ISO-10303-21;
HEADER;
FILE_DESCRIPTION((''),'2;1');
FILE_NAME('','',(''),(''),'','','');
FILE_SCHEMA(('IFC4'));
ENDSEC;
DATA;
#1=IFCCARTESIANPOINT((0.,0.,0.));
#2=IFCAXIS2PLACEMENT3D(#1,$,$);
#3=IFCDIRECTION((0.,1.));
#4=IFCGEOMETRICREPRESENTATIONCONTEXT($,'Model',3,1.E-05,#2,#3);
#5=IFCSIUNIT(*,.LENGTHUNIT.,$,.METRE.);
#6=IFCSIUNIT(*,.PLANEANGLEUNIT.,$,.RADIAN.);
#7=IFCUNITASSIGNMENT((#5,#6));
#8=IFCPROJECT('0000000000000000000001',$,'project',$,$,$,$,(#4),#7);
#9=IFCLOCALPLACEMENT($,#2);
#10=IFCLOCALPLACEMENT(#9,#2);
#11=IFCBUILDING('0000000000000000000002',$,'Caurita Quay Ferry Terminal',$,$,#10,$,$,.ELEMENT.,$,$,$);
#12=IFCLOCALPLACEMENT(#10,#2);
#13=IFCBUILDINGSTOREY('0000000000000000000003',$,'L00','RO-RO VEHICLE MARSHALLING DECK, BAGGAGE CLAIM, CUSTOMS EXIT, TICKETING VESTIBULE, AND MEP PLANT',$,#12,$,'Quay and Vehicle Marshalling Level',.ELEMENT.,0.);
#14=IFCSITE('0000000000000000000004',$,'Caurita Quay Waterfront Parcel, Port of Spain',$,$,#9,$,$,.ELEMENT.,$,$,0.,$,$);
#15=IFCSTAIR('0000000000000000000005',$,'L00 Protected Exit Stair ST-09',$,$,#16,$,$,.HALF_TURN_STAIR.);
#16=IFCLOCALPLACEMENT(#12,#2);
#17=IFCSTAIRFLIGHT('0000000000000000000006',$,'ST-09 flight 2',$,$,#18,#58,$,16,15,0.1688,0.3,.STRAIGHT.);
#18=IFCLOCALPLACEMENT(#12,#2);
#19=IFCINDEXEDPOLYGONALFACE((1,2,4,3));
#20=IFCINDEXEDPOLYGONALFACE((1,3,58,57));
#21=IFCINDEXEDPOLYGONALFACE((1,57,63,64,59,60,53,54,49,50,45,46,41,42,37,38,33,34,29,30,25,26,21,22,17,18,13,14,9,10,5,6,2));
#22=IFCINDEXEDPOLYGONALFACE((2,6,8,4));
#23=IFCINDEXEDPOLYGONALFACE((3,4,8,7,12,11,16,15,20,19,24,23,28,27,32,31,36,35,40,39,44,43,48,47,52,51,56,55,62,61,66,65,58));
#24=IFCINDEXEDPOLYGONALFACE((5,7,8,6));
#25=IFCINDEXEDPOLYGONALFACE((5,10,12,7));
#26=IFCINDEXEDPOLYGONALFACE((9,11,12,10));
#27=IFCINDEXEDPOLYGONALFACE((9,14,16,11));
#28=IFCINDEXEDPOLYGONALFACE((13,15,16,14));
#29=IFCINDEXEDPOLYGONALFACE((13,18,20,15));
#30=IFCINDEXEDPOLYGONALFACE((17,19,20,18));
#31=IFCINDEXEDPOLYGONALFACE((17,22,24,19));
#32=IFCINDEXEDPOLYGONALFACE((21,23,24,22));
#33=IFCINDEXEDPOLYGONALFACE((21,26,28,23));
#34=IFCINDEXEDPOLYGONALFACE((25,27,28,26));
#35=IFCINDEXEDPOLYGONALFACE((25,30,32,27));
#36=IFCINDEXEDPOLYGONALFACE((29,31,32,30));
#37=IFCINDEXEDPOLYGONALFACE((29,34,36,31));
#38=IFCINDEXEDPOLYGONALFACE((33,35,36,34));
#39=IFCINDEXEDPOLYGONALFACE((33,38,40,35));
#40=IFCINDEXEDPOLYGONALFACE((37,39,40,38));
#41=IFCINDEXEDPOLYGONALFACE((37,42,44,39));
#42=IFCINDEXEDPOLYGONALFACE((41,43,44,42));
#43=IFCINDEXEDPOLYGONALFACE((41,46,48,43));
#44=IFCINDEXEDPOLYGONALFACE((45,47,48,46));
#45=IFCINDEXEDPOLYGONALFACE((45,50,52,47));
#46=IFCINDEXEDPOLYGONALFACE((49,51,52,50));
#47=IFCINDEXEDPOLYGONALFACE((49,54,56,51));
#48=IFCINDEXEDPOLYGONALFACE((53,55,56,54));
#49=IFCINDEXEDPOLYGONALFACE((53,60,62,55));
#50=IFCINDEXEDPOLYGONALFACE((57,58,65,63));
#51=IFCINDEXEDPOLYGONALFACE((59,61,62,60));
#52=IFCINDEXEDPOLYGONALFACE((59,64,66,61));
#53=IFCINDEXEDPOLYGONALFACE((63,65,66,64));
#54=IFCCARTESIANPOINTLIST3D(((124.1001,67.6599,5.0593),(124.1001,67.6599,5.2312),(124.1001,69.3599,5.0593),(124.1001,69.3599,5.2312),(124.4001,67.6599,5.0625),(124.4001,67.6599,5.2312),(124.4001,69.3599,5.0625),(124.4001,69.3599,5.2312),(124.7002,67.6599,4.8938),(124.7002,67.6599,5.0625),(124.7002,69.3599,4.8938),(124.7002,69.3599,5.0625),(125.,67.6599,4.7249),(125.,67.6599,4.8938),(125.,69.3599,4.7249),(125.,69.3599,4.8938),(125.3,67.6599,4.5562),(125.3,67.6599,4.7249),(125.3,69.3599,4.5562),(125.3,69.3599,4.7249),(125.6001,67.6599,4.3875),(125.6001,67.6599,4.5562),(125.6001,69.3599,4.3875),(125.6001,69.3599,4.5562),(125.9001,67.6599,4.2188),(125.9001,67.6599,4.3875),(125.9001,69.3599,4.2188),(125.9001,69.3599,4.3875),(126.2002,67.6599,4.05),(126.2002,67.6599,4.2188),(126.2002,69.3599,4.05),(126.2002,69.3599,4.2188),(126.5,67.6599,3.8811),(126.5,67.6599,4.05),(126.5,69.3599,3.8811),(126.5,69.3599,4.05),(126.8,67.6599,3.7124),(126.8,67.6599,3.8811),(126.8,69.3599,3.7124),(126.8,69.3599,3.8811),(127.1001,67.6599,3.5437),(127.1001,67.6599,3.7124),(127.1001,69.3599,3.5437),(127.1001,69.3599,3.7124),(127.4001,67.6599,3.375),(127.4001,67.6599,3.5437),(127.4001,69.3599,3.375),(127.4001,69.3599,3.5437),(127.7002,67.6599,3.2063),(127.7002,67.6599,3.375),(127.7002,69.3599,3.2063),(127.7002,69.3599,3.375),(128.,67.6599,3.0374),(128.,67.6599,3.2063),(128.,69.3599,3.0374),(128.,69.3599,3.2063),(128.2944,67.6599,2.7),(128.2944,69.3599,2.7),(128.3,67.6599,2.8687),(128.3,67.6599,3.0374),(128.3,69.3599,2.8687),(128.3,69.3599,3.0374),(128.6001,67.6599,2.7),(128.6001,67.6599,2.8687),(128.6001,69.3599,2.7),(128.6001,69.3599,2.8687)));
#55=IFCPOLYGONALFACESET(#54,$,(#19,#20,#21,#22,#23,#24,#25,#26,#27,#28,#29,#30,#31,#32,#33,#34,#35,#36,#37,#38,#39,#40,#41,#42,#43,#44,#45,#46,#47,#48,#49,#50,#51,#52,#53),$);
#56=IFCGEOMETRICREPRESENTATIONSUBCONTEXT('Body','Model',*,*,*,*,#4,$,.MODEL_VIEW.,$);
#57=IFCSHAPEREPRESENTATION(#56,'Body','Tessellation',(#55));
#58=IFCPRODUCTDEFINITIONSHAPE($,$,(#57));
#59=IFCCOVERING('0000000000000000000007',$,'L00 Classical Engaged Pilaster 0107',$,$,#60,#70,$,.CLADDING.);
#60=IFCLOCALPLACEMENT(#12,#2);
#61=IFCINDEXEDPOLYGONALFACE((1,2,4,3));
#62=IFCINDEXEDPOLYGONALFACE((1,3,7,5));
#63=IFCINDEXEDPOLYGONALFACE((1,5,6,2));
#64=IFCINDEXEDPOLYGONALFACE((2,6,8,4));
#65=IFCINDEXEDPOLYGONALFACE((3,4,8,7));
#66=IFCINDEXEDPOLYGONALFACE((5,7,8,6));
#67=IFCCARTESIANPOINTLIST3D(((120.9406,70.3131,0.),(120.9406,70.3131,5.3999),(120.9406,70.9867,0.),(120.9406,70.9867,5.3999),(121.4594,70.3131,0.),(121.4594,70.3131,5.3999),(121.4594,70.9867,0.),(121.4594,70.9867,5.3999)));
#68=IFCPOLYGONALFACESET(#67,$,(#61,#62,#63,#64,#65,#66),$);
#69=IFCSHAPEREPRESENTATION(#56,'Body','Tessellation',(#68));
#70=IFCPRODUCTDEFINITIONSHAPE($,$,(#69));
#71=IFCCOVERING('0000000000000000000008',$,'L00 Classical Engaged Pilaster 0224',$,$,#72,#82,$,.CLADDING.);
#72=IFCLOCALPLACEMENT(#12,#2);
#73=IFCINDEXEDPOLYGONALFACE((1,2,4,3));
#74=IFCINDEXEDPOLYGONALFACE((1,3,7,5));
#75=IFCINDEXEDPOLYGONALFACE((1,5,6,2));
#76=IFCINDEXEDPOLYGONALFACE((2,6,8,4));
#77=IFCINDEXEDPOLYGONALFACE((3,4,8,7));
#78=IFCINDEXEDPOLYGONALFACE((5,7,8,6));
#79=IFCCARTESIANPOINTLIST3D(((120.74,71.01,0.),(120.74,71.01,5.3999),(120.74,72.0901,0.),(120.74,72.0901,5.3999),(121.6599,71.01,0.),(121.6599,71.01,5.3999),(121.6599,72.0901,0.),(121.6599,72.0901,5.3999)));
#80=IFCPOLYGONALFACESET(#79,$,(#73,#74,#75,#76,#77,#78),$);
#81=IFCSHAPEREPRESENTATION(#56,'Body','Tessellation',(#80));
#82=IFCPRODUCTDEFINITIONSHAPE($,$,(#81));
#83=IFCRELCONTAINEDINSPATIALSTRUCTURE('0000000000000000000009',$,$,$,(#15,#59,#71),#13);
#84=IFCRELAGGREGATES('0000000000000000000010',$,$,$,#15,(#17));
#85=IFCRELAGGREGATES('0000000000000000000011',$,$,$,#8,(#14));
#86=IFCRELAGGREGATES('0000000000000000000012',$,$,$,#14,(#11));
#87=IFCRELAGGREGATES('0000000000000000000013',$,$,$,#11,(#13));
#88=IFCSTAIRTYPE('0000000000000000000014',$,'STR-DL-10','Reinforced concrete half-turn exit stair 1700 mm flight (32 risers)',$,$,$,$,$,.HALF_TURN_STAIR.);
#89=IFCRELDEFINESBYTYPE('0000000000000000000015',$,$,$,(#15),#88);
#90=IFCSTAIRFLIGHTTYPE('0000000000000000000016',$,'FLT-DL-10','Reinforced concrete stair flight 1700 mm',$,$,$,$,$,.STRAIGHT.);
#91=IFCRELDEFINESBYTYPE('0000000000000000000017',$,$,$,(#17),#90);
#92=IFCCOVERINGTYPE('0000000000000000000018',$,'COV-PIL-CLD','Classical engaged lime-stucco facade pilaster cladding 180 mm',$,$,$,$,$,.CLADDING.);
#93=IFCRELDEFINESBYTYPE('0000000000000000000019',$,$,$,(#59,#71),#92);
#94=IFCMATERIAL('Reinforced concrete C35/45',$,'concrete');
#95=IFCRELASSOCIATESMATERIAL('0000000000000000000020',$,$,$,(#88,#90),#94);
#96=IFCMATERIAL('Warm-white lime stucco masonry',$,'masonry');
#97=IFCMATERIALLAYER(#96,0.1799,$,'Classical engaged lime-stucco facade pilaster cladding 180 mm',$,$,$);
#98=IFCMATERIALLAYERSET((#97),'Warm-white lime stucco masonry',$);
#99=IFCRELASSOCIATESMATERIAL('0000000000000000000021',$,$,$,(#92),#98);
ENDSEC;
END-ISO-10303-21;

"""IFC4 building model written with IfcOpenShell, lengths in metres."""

from ifc_helpers import new_model, si_unit, direction, frame, origin, origin_2d, place, context, subcontext, project, spatial, polyline, rectangle, outline, extrude, material, layer, layer_set, type_object, element, aggregate, save


model = new_model("IFC4")

# Units and contexts
model_context = context("Model", 3, precision=1e-05, world=origin(), true_north=direction((0.0, 1.0)))
body_context = subcontext(model_context, "Body", "Model", "MODEL_VIEW")
ifc_project = project(units=[si_unit("LENGTHUNIT", "METRE"), si_unit("PLANEANGLEUNIT", "RADIAN")], contexts=[model_context])

# Site, building, storey
site_placement = place(None, origin())
site = spatial("IfcSite", under=ifc_project, at=site_placement, Name="Caurita Quay Waterfront Parcel, Port of Spain", CompositionType="ELEMENT", RefElevation=0.0)
building_placement = place(site_placement, origin())
building = spatial("IfcBuilding", under=site, at=building_placement, Name="Caurita Quay Ferry Terminal", CompositionType="ELEMENT")
storey_placement = place(building_placement, origin())
storey = spatial("IfcBuildingStorey", under=building, at=storey_placement, Name="L00", Description="RO-RO VEHICLE MARSHALLING DECK, BAGGAGE CLAIM, CUSTOMS EXIT, TICKETING VESTIBULE, AND MEP PLANT", LongName="Quay and Vehicle Marshalling Level", CompositionType="ELEMENT", Elevation=0.0)

# Shared definitions
ifc_material_1 = material(Name="Warm-white lime stucco masonry", Category="masonry")
ifc_material_2 = material(Name="Reinforced concrete C35/45", Category="concrete")

# Stair, stair flight
stair_type = type_object("IfcStairType", Name="STR-DL-10", Description="Reinforced concrete half-turn exit stair 1700 mm flight (32 risers)", PredefinedType="HALF_TURN_STAIR", material=ifc_material_2)
stair_placement = place(storey_placement, origin())
stair = element("IfcStair", 1, at=stair_placement, inside=storey, type_object=stair_type, Name="L00 Protected Exit Stair ST-09", PredefinedType="HALF_TURN_STAIR")
stair_flight_type = type_object("IfcStairFlightType", Name="FLT-DL-10", Description="Reinforced concrete stair flight 1700 mm", PredefinedType="STRAIGHT", material=ifc_material_2)
stair_flight_placement = place(storey_placement, frame((128.6001, 68.51, 2.7), z_axis=(0.0, 0.0, 1.0), x_axis=(-1.0, 0.0, 0.0)))
stair_flight = element("IfcStairFlight", 2, at=stair_flight_placement, type_object=stair_flight_type, Name="ST-09 flight 2", NumberOfRisers=16, NumberOfTreads=15, PredefinedType="STRAIGHT", RiserHeight=0.1688, TreadLength=0.3, context=body_context, shape_type="SweptSolid", body=[
    extrude(outline(polyline([(0.0, 0.0), (0.0, 0.1687), (0.3, 0.1687), (0.3, 0.3374), (0.6001, 0.3374), (0.6001, 0.5063), (0.8999, 0.5063), (0.8999, 0.675), (1.2, 0.675), (1.2, 0.8438), (1.5, 0.8438), (1.5, 1.0125), (1.8, 1.0125), (1.8, 1.1812), (2.1001, 1.1812), (2.1001, 1.3501), (2.3999, 1.3501), (2.3999, 1.5188), (2.7, 1.5188), (2.7, 1.6875), (3.0, 1.6875), (3.0, 1.8562), (3.3, 1.8562), (3.3, 2.0249), (3.6001, 2.0249), (3.6001, 2.1938), (3.8999, 2.1938), (3.8999, 2.3625), (4.2, 2.3625), (4.2, 2.5312), (4.5, 2.5312), (4.5, 2.7), (4.5, 2.3594), (0.3057, 0.0), (0.0, 0.0)])), frame((0.0, 0.8501, 0.0), z_axis=(0.0, -1.0, 0.0), x_axis=(1.0, 0.0, 0.0)), (0.0, 0.0, 1.0), 1.7),
])
aggregate(stair, [stair_flight])

# Coverings
ifc_layer_1 = layer(ifc_material_1, 0.1799, Name="Classical engaged lime-stucco facade pilaster cladding 180 mm")
ifc_layer_set_1 = layer_set([ifc_layer_1], Name="Warm-white lime stucco masonry")
covering_type = type_object("IfcCoveringType", Name="COV-PIL-CLD", Description="Classical engaged lime-stucco facade pilaster cladding 180 mm", PredefinedType="CLADDING", material=ifc_layer_set_1)
covering_1_placement = place(storey_placement, frame((121.2, 70.6499, 0.0), z_axis=(0.0, 0.0, 1.0), x_axis=(1.0, 0.0, 0.0)))
element("IfcCovering", 3, at=covering_1_placement, inside=storey, type_object=covering_type, Name="L00 Classical Engaged Pilaster 0107", PredefinedType="CLADDING", context=body_context, shape_type="SweptSolid", body=[
    extrude(rectangle(XDim=0.5188, YDim=0.6736, at=origin_2d()), origin(), (0.0, 0.0, 1.0), 5.3999),
])
covering_2_placement = place(storey_placement, frame((121.2, 71.55, 0.0), z_axis=(0.0, 0.0, 1.0), x_axis=(1.0, 0.0, 0.0)))
element("IfcCovering", 4, at=covering_2_placement, inside=storey, type_object=covering_type, Name="L00 Classical Engaged Pilaster 0224", PredefinedType="CLADDING", context=body_context, shape_type="SweptSolid", body=[
    extrude(rectangle(XDim=0.9199, YDim=1.0801, at=origin_2d()), origin(), (0.0, 0.0, 1.0), 5.3999),
])

save(model, "model.ifc")
